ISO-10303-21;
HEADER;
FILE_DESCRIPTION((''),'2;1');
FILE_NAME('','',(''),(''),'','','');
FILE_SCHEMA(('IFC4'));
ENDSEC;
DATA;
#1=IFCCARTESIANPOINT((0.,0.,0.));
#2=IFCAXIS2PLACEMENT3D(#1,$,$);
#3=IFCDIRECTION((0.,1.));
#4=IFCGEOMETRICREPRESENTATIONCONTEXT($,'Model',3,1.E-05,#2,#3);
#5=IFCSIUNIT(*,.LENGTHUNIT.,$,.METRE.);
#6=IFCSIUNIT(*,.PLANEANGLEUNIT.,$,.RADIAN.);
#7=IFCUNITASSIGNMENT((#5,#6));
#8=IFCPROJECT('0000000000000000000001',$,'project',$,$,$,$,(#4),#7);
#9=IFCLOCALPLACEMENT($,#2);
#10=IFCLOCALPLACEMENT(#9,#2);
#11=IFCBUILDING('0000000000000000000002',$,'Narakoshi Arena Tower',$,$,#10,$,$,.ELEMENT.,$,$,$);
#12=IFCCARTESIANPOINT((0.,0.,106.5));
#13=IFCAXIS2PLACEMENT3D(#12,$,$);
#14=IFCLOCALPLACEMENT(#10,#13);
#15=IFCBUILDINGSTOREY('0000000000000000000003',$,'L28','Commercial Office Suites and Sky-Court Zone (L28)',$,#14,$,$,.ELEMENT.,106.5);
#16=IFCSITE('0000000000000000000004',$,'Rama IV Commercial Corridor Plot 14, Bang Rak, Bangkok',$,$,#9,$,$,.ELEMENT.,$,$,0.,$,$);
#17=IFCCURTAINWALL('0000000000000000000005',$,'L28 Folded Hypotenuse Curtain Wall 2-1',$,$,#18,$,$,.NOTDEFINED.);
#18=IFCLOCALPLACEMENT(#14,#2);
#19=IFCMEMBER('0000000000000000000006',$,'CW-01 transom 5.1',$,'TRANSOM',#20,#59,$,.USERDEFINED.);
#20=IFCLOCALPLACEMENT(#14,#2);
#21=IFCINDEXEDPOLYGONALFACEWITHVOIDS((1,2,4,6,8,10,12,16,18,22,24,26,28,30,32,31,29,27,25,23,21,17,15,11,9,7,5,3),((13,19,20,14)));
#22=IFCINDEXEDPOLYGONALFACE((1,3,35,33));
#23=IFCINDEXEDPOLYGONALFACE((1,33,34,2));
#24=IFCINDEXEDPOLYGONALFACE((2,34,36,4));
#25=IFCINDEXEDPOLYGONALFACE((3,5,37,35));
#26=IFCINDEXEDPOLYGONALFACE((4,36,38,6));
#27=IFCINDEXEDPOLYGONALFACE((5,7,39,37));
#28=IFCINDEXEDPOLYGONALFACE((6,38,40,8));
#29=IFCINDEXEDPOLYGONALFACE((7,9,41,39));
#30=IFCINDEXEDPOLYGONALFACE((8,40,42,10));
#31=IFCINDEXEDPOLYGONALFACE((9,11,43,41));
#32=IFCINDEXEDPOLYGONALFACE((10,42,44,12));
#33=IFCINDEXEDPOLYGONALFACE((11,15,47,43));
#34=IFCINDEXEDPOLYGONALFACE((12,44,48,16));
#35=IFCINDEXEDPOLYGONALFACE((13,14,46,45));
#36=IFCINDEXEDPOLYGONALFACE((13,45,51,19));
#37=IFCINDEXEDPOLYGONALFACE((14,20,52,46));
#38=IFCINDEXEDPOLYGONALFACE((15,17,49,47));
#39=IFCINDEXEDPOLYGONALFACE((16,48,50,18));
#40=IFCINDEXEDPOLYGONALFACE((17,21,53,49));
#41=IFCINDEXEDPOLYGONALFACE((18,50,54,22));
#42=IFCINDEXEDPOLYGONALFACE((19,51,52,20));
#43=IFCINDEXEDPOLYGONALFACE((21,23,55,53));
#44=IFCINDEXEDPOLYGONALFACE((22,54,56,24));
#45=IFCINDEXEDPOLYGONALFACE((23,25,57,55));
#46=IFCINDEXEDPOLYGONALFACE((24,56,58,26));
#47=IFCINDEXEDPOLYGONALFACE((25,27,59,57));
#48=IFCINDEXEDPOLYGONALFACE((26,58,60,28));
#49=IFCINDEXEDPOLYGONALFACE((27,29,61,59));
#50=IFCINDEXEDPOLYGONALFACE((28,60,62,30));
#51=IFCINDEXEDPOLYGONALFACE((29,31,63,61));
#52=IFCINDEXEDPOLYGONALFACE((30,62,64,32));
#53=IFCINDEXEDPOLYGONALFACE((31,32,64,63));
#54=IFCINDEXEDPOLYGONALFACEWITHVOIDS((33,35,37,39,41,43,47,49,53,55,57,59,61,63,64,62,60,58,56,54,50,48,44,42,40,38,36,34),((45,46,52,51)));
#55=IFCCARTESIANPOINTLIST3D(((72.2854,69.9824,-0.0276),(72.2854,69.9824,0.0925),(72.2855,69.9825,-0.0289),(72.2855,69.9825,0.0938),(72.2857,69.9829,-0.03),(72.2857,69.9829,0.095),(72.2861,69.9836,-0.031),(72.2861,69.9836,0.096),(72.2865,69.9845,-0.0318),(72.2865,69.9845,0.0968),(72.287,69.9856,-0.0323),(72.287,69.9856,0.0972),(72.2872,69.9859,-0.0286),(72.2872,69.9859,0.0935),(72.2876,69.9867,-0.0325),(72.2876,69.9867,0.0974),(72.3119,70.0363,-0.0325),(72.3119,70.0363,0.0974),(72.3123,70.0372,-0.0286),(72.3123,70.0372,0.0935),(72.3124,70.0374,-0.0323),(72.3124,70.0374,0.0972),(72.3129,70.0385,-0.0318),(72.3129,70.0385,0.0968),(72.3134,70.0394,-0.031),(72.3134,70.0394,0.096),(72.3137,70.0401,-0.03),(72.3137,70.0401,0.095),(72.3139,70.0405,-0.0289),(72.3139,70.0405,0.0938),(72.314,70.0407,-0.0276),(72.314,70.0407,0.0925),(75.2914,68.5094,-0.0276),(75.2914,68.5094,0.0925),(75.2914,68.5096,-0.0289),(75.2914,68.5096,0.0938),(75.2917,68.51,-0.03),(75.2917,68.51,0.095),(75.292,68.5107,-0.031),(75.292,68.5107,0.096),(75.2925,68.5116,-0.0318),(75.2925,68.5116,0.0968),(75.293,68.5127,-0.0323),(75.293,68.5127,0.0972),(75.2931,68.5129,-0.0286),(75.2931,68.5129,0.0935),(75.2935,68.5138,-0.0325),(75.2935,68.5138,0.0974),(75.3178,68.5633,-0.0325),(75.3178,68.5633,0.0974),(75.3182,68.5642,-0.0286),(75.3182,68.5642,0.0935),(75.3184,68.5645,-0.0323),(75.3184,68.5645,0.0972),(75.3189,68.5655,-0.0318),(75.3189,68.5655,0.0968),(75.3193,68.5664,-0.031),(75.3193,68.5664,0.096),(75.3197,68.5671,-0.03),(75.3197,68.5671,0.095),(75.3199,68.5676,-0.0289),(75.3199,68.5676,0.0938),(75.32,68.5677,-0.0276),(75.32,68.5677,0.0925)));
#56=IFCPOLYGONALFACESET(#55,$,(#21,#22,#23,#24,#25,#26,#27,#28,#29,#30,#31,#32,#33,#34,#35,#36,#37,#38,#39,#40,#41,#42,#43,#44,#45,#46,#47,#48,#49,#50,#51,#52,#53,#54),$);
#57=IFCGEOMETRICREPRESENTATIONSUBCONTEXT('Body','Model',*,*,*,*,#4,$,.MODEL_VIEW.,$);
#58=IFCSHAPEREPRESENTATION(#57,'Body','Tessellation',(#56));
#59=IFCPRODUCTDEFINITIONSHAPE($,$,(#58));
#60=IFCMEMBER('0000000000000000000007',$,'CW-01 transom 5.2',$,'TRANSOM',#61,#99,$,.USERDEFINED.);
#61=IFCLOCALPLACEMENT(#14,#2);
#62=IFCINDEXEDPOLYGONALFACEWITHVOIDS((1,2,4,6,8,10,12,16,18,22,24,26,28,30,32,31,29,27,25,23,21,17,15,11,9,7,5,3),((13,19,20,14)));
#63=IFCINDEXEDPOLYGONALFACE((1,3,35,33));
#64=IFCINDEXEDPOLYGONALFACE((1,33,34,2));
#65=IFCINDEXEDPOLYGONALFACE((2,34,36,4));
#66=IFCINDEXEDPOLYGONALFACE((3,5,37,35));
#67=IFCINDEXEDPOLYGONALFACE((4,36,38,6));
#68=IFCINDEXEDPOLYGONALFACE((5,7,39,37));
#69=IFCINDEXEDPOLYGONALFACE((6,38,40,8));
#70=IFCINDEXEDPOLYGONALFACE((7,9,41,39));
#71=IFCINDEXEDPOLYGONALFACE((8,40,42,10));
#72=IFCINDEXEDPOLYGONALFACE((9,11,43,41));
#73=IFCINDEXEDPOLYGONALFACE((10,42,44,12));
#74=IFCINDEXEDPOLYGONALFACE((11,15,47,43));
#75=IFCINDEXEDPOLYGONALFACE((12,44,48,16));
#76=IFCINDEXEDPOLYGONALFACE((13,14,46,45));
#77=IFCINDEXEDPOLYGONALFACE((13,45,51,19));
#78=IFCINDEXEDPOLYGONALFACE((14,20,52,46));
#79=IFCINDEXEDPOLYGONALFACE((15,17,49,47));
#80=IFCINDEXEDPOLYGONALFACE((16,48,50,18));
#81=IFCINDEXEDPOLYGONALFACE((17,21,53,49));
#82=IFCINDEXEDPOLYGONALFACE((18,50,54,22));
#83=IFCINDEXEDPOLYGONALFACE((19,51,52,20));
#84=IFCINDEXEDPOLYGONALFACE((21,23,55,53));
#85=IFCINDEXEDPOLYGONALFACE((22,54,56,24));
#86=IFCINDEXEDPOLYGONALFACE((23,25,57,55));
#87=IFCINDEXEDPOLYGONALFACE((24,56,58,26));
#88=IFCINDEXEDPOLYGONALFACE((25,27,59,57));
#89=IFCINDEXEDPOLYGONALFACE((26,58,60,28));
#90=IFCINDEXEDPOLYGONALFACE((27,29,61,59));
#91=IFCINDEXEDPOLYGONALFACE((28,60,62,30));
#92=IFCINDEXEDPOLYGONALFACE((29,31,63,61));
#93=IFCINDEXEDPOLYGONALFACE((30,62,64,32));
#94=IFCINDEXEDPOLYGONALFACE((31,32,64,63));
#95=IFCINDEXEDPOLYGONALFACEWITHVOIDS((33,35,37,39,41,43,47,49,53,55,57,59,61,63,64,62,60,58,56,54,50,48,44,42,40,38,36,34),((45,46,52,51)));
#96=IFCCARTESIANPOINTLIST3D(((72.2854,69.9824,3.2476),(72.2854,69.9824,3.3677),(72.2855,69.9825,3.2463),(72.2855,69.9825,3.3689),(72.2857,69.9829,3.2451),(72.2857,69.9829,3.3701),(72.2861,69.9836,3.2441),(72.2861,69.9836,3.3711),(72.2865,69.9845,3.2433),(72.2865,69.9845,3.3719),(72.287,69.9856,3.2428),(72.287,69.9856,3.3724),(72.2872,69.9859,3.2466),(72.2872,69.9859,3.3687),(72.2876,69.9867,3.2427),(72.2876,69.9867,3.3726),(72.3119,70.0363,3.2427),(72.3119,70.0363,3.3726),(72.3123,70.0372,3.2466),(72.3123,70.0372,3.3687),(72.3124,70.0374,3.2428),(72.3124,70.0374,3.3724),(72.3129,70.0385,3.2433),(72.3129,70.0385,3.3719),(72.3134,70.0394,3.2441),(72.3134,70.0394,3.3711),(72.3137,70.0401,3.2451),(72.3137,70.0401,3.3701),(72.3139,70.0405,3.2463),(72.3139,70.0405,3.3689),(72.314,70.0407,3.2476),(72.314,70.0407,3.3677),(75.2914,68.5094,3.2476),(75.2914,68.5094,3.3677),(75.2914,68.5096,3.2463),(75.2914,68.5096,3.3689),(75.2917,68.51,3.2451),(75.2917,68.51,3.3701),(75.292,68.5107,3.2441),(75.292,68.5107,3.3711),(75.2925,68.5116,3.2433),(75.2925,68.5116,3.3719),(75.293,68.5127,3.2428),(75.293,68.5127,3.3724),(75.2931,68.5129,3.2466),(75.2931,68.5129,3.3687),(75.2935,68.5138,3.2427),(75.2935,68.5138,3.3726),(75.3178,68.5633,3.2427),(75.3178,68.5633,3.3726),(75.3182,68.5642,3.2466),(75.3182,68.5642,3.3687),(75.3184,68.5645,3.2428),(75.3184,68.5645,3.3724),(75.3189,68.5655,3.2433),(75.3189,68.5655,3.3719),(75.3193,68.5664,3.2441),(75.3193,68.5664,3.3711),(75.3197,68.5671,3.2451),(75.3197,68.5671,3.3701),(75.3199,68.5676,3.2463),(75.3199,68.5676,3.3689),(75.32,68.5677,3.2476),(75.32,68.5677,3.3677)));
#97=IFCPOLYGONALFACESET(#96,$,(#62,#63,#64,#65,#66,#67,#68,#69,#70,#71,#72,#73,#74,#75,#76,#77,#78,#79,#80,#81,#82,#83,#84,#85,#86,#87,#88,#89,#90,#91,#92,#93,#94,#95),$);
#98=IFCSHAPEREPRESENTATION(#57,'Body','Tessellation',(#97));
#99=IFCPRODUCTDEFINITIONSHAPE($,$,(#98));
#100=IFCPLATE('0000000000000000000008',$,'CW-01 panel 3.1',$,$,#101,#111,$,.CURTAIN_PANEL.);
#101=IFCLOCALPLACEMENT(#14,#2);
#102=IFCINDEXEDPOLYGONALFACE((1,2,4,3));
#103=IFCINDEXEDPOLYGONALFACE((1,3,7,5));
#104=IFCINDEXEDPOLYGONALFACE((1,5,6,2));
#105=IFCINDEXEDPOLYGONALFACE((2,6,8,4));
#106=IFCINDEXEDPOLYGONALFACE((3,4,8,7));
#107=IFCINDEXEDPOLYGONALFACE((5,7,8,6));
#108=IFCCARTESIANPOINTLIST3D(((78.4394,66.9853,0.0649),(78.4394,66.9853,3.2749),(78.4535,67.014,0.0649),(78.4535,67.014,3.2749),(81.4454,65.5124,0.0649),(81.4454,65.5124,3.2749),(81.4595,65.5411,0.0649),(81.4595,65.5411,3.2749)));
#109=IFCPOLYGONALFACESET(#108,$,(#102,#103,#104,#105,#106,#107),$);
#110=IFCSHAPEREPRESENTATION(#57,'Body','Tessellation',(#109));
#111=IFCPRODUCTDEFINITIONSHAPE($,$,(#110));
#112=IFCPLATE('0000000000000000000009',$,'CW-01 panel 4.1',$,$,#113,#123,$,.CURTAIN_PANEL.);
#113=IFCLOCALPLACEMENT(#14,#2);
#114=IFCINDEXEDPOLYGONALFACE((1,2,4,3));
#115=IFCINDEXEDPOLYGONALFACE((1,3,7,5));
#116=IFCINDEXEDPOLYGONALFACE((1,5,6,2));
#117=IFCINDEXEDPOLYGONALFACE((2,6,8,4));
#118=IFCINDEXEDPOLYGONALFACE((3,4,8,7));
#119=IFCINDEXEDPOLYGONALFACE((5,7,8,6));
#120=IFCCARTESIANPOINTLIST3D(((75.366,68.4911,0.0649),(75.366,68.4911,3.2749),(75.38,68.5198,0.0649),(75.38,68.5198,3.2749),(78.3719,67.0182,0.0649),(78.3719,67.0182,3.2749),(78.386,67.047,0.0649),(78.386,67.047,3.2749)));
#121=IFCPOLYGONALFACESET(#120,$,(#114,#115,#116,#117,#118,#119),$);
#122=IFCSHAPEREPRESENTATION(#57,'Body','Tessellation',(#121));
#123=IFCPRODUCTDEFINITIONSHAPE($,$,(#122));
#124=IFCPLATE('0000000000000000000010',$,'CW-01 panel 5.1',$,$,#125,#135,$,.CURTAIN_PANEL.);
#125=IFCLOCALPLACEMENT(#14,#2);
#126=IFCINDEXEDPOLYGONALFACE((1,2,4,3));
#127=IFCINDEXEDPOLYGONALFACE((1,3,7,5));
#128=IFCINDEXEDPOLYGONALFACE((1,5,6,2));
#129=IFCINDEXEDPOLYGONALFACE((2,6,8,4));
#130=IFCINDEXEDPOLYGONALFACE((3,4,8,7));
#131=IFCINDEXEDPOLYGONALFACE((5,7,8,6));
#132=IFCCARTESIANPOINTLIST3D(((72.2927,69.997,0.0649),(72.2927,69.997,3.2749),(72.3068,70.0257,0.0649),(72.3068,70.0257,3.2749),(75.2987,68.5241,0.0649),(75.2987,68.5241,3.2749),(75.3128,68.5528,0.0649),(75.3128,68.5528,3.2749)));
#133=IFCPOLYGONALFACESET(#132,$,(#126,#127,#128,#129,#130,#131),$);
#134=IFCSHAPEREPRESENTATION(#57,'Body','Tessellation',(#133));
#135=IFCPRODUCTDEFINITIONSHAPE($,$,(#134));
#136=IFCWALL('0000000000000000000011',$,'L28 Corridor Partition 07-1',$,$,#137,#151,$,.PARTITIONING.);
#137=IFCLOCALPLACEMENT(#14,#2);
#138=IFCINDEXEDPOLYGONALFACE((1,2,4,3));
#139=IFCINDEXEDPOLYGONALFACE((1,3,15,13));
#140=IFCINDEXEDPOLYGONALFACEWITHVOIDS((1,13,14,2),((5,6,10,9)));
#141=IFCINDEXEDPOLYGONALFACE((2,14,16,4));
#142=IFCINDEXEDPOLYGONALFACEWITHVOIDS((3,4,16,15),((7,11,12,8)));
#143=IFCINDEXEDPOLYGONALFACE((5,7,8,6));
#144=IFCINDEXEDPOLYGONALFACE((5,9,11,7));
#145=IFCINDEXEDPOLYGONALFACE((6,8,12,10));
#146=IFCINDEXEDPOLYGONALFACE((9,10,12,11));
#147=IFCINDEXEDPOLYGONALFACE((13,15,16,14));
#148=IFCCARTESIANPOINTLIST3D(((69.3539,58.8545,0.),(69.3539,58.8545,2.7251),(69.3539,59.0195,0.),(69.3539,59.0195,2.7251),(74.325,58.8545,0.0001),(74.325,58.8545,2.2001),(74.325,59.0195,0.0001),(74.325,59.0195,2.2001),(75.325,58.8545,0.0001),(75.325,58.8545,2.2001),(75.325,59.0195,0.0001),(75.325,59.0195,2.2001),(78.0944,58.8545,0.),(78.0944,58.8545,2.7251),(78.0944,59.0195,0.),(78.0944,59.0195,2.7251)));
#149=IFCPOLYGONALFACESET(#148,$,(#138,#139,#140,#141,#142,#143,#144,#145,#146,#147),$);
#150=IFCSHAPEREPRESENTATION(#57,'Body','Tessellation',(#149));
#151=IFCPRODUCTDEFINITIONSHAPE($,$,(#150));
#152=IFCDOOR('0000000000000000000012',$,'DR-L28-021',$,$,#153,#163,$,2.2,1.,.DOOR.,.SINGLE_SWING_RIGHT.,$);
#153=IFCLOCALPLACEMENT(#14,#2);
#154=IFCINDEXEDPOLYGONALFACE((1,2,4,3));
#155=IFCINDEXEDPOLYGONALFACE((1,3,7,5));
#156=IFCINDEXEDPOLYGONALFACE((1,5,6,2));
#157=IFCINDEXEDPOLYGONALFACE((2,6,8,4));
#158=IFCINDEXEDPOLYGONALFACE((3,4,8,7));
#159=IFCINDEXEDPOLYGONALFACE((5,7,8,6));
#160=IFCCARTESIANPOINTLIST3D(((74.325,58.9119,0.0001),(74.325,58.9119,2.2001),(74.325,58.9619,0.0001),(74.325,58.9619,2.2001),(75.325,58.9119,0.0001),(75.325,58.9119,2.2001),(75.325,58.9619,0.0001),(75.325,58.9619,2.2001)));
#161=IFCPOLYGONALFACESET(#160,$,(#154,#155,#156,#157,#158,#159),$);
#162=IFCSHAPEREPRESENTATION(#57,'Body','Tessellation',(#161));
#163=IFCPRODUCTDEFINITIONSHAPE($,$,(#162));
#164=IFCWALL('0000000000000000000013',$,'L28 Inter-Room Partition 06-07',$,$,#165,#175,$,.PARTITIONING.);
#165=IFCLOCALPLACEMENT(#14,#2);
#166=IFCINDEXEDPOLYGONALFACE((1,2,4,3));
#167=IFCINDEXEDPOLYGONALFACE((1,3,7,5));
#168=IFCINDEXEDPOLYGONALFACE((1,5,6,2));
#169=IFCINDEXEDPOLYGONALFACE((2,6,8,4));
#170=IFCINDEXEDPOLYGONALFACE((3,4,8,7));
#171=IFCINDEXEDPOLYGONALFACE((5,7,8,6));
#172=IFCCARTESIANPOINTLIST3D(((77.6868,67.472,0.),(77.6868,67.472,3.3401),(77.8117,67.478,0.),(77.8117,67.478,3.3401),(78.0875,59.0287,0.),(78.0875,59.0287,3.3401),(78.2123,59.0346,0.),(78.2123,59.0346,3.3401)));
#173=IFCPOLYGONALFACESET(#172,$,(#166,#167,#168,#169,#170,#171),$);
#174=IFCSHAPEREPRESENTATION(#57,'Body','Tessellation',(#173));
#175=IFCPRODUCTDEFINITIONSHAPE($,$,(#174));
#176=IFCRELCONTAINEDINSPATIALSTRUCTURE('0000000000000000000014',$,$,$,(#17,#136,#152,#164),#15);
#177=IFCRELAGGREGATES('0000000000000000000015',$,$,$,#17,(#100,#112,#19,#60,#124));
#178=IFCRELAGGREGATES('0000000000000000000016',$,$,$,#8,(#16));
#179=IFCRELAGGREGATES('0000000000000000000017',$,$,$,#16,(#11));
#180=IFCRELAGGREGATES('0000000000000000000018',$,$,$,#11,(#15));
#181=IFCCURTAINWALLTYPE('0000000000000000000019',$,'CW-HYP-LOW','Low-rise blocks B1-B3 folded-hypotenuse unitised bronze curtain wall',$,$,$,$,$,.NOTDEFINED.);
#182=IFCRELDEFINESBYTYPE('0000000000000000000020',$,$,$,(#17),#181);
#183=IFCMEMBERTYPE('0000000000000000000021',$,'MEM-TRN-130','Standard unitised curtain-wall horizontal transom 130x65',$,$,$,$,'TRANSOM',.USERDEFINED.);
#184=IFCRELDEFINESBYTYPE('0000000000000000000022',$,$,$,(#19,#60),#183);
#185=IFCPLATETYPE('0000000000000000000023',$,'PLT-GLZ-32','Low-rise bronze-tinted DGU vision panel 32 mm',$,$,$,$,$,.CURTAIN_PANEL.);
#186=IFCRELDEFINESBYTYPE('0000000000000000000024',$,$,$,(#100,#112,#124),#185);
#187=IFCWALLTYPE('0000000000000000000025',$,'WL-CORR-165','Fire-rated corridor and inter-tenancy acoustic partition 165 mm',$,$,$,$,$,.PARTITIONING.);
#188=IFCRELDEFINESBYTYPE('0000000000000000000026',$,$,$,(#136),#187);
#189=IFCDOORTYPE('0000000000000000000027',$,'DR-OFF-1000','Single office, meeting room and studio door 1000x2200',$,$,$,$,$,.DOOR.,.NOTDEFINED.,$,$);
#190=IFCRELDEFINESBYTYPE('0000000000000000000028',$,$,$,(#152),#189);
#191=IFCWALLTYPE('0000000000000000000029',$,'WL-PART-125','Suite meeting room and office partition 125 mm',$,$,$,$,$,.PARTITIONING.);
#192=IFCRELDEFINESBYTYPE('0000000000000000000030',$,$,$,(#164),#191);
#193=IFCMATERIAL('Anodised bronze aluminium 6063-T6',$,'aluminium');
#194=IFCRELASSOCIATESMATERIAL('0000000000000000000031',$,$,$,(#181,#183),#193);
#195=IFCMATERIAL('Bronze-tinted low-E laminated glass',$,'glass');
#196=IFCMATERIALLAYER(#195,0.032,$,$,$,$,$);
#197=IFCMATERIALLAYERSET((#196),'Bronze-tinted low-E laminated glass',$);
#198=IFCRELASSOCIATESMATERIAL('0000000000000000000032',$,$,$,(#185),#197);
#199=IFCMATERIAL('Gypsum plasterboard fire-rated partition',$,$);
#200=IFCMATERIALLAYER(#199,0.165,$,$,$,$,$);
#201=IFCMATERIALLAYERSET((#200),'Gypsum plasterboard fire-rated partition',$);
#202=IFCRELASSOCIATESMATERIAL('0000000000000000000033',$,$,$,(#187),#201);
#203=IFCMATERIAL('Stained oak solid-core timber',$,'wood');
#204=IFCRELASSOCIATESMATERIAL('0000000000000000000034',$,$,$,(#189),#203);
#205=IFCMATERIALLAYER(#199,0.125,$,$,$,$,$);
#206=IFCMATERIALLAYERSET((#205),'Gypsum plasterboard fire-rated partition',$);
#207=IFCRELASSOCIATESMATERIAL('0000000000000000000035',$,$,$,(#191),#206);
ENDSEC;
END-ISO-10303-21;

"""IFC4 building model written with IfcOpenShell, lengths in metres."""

from ifc_helpers import new_model, si_unit, direction, frame, frame_2d, origin, origin_2d, place, context, subcontext, project, spatial, rectangle, hollow_rectangle, extrude, material, layer, layer_set, material_profile, profile_set, type_object, element, fill, aggregate, save


model = new_model("IFC4")

# Units and contexts
model_context = context("Model", 3, precision=1e-05, world=origin(), true_north=direction((0.0, 1.0)))
body_context = subcontext(model_context, "Body", "Model", "MODEL_VIEW")
ifc_project = project(units=[si_unit("LENGTHUNIT", "METRE"), si_unit("PLANEANGLEUNIT", "RADIAN")], contexts=[model_context])

# Site, building, storey
site_placement = place(None, origin())
site = spatial("IfcSite", under=ifc_project, at=site_placement, Name="Rama IV Commercial Corridor Plot 14, Bang Rak, Bangkok", CompositionType="ELEMENT", RefElevation=0.0)
building_placement = place(site_placement, origin())
building = spatial("IfcBuilding", under=site, at=building_placement, Name="Narakoshi Arena Tower", CompositionType="ELEMENT")
storey_placement = place(building_placement, frame((0.0, 0.0, 106.5)))
storey = spatial("IfcBuildingStorey", under=building, at=storey_placement, Name="L28", Description="Commercial Office Suites and Sky-Court Zone (L28)", CompositionType="ELEMENT", Elevation=106.5)

# Curtain wall, members, plates
ifc_material_1 = material(Name="Anodised bronze aluminium 6063-T6", Category="aluminium")
curtain_wall_type = type_object("IfcCurtainWallType", Name="CW-HYP-LOW", Description="Low-rise blocks B1-B3 folded-hypotenuse unitised bronze curtain wall", PredefinedType="NOTDEFINED", material=ifc_material_1)
curtain_wall_placement = place(storey_placement, origin())
curtain_wall = element("IfcCurtainWall", 1, at=curtain_wall_placement, inside=storey, type_object=curtain_wall_type, Name="L28 Folded Hypotenuse Curtain Wall 2-1", PredefinedType="NOTDEFINED")
ifc_material_profile_1 = material_profile(ifc_material_1, hollow_rectangle(XDim=0.0649, YDim=0.1299, WallThickness=0.0039, OuterFilletRadius=0.0049, at=origin_2d()), Name="TRN130x65x4")
ifc_profile_set_1 = profile_set([ifc_material_profile_1], Name="Anodised bronze aluminium 6063-T6")
member_type_1 = type_object("IfcMemberType", Name="MEM-TRN-130", Description="Standard unitised curtain-wall horizontal transom 130x65", ElementType="TRANSOM", PredefinedType="USERDEFINED", material=ifc_profile_set_1)
member_1_placement = place(storey_placement, frame((75.3057, 68.5386, 0.0325), z_axis=(-0.897987, 0.440022, 0.0), x_axis=(-0.440022, -0.897987, 0.0)))
member_1 = element("IfcMember", 2, at=member_1_placement, type_object=member_type_1, Name="CW-01 transom 5.1", ObjectType="TRANSOM", PredefinedType="USERDEFINED", context=body_context, shape_type="SweptSolid", body=[
    extrude(hollow_rectangle(XDim=0.0649, YDim=0.1299, WallThickness=0.0039, OuterFilletRadius=0.0049, at=origin_2d()), origin(), (0.0, 0.0, 1.0), 3.3474),
])
member_2_placement = place(storey_placement, frame((75.3057, 68.5386, 3.3076), z_axis=(-0.897987, 0.440022, 0.0), x_axis=(-0.440022, -0.897987, 0.0)))
member_2 = element("IfcMember", 3, at=member_2_placement, type_object=member_type_1, Name="CW-01 transom 5.2", ObjectType="TRANSOM", PredefinedType="USERDEFINED", context=body_context, shape_type="SweptSolid", body=[
    extrude(hollow_rectangle(XDim=0.0649, YDim=0.1299, WallThickness=0.0039, OuterFilletRadius=0.0049, at=origin_2d()), origin(), (0.0, 0.0, 1.0), 3.3474),
])
ifc_material_2 = material(Name="Bronze-tinted low-E laminated glass", Category="glass")
ifc_layer_1 = layer(ifc_material_2, 0.032)
ifc_layer_set_1 = layer_set([ifc_layer_1], Name="Bronze-tinted low-E laminated glass")
plate_type = type_object("IfcPlateType", Name="PLT-GLZ-32", Description="Low-rise bronze-tinted DGU vision panel 32 mm", PredefinedType="CURTAIN_PANEL", material=ifc_layer_set_1)
plate_1_placement = place(storey_placement, frame((79.9495, 66.2632, 0.0649), z_axis=(0.0, 0.0, 1.0), x_axis=(-0.897996, 0.440005, 0.0)))
plate_1 = element("IfcPlate", 4, at=plate_1_placement, type_object=plate_type, Name="CW-01 panel 3.1", PredefinedType="CURTAIN_PANEL", context=body_context, shape_type="SweptSolid", body=[
    extrude(rectangle(XDim=3.3474, YDim=0.032, at=origin_2d()), origin(), (0.0, 0.0, 1.0), 3.21),
])
plate_2_placement = place(storey_placement, frame((76.876, 67.769, 0.0649), z_axis=(0.0, 0.0, 1.0), x_axis=(-0.897996, 0.440005, 0.0)))
plate_2 = element("IfcPlate", 5, at=plate_2_placement, type_object=plate_type, Name="CW-01 panel 4.1", PredefinedType="CURTAIN_PANEL", context=body_context, shape_type="SweptSolid", body=[
    extrude(rectangle(XDim=3.3474, YDim=0.032, at=origin_2d()), origin(), (0.0, 0.0, 1.0), 3.21),
])
plate_3_placement = place(storey_placement, frame((73.8027, 69.2749, 0.0649), z_axis=(0.0, 0.0, 1.0), x_axis=(-0.897996, 0.440005, 0.0)))
plate_3 = element("IfcPlate", 6, at=plate_3_placement, type_object=plate_type, Name="CW-01 panel 5.1", PredefinedType="CURTAIN_PANEL", context=body_context, shape_type="SweptSolid", body=[
    extrude(rectangle(XDim=3.3474, YDim=0.032, at=origin_2d()), origin(), (0.0, 0.0, 1.0), 3.21),
])
aggregate(curtain_wall, [plate_1, plate_2, member_1, member_2, plate_3])

# Wall, opening, door
ifc_material_3 = material(Name="Gypsum plasterboard fire-rated partition")
ifc_layer_2 = layer(ifc_material_3, 0.165)
ifc_layer_set_2 = layer_set([ifc_layer_2], Name="Gypsum plasterboard fire-rated partition")
wall_type_1 = type_object("IfcWallType", Name="WL-CORR-165", Description="Fire-rated corridor and inter-tenancy acoustic partition 165 mm", PredefinedType="PARTITIONING", material=ifc_layer_set_2)
wall_1_placement = place(storey_placement, frame((78.0942, 58.937, 0.0), z_axis=(0.0, 0.0, 1.0), x_axis=(-1.0, 0.0, 0.0)))
wall_1 = element("IfcWall", 7, at=wall_1_placement, inside=storey, type_object=wall_type_1, Name="L28 Corridor Partition 07-1", PredefinedType="PARTITIONING", context=body_context, shape_type="SweptSolid", body=[
    extrude(rectangle(XDim=8.7405, YDim=0.165, at=frame_2d((4.3701, 0.0))), origin(), (0.0, 0.0, 1.0), 2.7251),
])
opening_placement = place(wall_1_placement, frame((2.7693, 0.0, 0.0)))
opening = element("IfcOpeningElement", 8, at=opening_placement, cuts=wall_1, PredefinedType="OPENING", context=body_context, shape_type="SweptSolid", body=[
    extrude(rectangle(XDim=1.0, YDim=2.2, at=frame_2d((0.5, 1.1001))), frame((0.0, 0.0925, 0.0), z_axis=(0.0, -1.0, 0.0), x_axis=(1.0, 0.0, 0.0)), (0.0, 0.0, 1.0), 0.1851),
])
ifc_material_4 = material(Name="Stained oak solid-core timber", Category="wood")
door_type = type_object("IfcDoorType", Name="DR-OFF-1000", Description="Single office, meeting room and studio door 1000x2200", OperationType="NOTDEFINED", PredefinedType="DOOR", material=ifc_material_4)
door_placement = place(opening_placement, frame((1.0, 0.0, 0.0), z_axis=(0.0, 0.0, 1.0), x_axis=(-1.0, 0.0, 0.0)))
door = element("IfcDoor", 9, at=door_placement, inside=storey, type_object=door_type, Name="DR-L28-021", OperationType="SINGLE_SWING_RIGHT", OverallHeight=2.2, OverallWidth=1.0, PredefinedType="DOOR", context=body_context, shape_type="SweptSolid", body=[
    extrude(rectangle(XDim=1.0, YDim=2.2, at=frame_2d((0.5, 1.1001))), frame((0.0, 0.0249, 0.0), z_axis=(0.0, -1.0, 0.0), x_axis=(1.0, 0.0, 0.0)), (0.0, 0.0, 1.0), 0.05),
])
fill(opening, door)

# Wall
ifc_layer_3 = layer(ifc_material_3, 0.125)
ifc_layer_set_3 = layer_set([ifc_layer_3], Name="Gypsum plasterboard fire-rated partition")
wall_type_2 = type_object("IfcWallType", Name="WL-PART-125", Description="Suite meeting room and office partition 125 mm", PredefinedType="PARTITIONING", material=ifc_layer_set_3)
wall_2_placement = place(storey_placement, frame((78.1499, 59.0315, 0.0), z_axis=(0.0, 0.0, 1.0), x_axis=(-0.047396, 0.998876, 0.0)))
element("IfcWall", 10, at=wall_2_placement, inside=storey, type_object=wall_type_2, Name="L28 Inter-Room Partition 06-07", PredefinedType="PARTITIONING", context=body_context, shape_type="SweptSolid", body=[
    extrude(rectangle(XDim=8.4529, YDim=0.125, at=frame_2d((4.2266, 0.0))), origin(), (0.0, 0.0, 1.0), 3.3401),
])

save(model, "model.ifc")
